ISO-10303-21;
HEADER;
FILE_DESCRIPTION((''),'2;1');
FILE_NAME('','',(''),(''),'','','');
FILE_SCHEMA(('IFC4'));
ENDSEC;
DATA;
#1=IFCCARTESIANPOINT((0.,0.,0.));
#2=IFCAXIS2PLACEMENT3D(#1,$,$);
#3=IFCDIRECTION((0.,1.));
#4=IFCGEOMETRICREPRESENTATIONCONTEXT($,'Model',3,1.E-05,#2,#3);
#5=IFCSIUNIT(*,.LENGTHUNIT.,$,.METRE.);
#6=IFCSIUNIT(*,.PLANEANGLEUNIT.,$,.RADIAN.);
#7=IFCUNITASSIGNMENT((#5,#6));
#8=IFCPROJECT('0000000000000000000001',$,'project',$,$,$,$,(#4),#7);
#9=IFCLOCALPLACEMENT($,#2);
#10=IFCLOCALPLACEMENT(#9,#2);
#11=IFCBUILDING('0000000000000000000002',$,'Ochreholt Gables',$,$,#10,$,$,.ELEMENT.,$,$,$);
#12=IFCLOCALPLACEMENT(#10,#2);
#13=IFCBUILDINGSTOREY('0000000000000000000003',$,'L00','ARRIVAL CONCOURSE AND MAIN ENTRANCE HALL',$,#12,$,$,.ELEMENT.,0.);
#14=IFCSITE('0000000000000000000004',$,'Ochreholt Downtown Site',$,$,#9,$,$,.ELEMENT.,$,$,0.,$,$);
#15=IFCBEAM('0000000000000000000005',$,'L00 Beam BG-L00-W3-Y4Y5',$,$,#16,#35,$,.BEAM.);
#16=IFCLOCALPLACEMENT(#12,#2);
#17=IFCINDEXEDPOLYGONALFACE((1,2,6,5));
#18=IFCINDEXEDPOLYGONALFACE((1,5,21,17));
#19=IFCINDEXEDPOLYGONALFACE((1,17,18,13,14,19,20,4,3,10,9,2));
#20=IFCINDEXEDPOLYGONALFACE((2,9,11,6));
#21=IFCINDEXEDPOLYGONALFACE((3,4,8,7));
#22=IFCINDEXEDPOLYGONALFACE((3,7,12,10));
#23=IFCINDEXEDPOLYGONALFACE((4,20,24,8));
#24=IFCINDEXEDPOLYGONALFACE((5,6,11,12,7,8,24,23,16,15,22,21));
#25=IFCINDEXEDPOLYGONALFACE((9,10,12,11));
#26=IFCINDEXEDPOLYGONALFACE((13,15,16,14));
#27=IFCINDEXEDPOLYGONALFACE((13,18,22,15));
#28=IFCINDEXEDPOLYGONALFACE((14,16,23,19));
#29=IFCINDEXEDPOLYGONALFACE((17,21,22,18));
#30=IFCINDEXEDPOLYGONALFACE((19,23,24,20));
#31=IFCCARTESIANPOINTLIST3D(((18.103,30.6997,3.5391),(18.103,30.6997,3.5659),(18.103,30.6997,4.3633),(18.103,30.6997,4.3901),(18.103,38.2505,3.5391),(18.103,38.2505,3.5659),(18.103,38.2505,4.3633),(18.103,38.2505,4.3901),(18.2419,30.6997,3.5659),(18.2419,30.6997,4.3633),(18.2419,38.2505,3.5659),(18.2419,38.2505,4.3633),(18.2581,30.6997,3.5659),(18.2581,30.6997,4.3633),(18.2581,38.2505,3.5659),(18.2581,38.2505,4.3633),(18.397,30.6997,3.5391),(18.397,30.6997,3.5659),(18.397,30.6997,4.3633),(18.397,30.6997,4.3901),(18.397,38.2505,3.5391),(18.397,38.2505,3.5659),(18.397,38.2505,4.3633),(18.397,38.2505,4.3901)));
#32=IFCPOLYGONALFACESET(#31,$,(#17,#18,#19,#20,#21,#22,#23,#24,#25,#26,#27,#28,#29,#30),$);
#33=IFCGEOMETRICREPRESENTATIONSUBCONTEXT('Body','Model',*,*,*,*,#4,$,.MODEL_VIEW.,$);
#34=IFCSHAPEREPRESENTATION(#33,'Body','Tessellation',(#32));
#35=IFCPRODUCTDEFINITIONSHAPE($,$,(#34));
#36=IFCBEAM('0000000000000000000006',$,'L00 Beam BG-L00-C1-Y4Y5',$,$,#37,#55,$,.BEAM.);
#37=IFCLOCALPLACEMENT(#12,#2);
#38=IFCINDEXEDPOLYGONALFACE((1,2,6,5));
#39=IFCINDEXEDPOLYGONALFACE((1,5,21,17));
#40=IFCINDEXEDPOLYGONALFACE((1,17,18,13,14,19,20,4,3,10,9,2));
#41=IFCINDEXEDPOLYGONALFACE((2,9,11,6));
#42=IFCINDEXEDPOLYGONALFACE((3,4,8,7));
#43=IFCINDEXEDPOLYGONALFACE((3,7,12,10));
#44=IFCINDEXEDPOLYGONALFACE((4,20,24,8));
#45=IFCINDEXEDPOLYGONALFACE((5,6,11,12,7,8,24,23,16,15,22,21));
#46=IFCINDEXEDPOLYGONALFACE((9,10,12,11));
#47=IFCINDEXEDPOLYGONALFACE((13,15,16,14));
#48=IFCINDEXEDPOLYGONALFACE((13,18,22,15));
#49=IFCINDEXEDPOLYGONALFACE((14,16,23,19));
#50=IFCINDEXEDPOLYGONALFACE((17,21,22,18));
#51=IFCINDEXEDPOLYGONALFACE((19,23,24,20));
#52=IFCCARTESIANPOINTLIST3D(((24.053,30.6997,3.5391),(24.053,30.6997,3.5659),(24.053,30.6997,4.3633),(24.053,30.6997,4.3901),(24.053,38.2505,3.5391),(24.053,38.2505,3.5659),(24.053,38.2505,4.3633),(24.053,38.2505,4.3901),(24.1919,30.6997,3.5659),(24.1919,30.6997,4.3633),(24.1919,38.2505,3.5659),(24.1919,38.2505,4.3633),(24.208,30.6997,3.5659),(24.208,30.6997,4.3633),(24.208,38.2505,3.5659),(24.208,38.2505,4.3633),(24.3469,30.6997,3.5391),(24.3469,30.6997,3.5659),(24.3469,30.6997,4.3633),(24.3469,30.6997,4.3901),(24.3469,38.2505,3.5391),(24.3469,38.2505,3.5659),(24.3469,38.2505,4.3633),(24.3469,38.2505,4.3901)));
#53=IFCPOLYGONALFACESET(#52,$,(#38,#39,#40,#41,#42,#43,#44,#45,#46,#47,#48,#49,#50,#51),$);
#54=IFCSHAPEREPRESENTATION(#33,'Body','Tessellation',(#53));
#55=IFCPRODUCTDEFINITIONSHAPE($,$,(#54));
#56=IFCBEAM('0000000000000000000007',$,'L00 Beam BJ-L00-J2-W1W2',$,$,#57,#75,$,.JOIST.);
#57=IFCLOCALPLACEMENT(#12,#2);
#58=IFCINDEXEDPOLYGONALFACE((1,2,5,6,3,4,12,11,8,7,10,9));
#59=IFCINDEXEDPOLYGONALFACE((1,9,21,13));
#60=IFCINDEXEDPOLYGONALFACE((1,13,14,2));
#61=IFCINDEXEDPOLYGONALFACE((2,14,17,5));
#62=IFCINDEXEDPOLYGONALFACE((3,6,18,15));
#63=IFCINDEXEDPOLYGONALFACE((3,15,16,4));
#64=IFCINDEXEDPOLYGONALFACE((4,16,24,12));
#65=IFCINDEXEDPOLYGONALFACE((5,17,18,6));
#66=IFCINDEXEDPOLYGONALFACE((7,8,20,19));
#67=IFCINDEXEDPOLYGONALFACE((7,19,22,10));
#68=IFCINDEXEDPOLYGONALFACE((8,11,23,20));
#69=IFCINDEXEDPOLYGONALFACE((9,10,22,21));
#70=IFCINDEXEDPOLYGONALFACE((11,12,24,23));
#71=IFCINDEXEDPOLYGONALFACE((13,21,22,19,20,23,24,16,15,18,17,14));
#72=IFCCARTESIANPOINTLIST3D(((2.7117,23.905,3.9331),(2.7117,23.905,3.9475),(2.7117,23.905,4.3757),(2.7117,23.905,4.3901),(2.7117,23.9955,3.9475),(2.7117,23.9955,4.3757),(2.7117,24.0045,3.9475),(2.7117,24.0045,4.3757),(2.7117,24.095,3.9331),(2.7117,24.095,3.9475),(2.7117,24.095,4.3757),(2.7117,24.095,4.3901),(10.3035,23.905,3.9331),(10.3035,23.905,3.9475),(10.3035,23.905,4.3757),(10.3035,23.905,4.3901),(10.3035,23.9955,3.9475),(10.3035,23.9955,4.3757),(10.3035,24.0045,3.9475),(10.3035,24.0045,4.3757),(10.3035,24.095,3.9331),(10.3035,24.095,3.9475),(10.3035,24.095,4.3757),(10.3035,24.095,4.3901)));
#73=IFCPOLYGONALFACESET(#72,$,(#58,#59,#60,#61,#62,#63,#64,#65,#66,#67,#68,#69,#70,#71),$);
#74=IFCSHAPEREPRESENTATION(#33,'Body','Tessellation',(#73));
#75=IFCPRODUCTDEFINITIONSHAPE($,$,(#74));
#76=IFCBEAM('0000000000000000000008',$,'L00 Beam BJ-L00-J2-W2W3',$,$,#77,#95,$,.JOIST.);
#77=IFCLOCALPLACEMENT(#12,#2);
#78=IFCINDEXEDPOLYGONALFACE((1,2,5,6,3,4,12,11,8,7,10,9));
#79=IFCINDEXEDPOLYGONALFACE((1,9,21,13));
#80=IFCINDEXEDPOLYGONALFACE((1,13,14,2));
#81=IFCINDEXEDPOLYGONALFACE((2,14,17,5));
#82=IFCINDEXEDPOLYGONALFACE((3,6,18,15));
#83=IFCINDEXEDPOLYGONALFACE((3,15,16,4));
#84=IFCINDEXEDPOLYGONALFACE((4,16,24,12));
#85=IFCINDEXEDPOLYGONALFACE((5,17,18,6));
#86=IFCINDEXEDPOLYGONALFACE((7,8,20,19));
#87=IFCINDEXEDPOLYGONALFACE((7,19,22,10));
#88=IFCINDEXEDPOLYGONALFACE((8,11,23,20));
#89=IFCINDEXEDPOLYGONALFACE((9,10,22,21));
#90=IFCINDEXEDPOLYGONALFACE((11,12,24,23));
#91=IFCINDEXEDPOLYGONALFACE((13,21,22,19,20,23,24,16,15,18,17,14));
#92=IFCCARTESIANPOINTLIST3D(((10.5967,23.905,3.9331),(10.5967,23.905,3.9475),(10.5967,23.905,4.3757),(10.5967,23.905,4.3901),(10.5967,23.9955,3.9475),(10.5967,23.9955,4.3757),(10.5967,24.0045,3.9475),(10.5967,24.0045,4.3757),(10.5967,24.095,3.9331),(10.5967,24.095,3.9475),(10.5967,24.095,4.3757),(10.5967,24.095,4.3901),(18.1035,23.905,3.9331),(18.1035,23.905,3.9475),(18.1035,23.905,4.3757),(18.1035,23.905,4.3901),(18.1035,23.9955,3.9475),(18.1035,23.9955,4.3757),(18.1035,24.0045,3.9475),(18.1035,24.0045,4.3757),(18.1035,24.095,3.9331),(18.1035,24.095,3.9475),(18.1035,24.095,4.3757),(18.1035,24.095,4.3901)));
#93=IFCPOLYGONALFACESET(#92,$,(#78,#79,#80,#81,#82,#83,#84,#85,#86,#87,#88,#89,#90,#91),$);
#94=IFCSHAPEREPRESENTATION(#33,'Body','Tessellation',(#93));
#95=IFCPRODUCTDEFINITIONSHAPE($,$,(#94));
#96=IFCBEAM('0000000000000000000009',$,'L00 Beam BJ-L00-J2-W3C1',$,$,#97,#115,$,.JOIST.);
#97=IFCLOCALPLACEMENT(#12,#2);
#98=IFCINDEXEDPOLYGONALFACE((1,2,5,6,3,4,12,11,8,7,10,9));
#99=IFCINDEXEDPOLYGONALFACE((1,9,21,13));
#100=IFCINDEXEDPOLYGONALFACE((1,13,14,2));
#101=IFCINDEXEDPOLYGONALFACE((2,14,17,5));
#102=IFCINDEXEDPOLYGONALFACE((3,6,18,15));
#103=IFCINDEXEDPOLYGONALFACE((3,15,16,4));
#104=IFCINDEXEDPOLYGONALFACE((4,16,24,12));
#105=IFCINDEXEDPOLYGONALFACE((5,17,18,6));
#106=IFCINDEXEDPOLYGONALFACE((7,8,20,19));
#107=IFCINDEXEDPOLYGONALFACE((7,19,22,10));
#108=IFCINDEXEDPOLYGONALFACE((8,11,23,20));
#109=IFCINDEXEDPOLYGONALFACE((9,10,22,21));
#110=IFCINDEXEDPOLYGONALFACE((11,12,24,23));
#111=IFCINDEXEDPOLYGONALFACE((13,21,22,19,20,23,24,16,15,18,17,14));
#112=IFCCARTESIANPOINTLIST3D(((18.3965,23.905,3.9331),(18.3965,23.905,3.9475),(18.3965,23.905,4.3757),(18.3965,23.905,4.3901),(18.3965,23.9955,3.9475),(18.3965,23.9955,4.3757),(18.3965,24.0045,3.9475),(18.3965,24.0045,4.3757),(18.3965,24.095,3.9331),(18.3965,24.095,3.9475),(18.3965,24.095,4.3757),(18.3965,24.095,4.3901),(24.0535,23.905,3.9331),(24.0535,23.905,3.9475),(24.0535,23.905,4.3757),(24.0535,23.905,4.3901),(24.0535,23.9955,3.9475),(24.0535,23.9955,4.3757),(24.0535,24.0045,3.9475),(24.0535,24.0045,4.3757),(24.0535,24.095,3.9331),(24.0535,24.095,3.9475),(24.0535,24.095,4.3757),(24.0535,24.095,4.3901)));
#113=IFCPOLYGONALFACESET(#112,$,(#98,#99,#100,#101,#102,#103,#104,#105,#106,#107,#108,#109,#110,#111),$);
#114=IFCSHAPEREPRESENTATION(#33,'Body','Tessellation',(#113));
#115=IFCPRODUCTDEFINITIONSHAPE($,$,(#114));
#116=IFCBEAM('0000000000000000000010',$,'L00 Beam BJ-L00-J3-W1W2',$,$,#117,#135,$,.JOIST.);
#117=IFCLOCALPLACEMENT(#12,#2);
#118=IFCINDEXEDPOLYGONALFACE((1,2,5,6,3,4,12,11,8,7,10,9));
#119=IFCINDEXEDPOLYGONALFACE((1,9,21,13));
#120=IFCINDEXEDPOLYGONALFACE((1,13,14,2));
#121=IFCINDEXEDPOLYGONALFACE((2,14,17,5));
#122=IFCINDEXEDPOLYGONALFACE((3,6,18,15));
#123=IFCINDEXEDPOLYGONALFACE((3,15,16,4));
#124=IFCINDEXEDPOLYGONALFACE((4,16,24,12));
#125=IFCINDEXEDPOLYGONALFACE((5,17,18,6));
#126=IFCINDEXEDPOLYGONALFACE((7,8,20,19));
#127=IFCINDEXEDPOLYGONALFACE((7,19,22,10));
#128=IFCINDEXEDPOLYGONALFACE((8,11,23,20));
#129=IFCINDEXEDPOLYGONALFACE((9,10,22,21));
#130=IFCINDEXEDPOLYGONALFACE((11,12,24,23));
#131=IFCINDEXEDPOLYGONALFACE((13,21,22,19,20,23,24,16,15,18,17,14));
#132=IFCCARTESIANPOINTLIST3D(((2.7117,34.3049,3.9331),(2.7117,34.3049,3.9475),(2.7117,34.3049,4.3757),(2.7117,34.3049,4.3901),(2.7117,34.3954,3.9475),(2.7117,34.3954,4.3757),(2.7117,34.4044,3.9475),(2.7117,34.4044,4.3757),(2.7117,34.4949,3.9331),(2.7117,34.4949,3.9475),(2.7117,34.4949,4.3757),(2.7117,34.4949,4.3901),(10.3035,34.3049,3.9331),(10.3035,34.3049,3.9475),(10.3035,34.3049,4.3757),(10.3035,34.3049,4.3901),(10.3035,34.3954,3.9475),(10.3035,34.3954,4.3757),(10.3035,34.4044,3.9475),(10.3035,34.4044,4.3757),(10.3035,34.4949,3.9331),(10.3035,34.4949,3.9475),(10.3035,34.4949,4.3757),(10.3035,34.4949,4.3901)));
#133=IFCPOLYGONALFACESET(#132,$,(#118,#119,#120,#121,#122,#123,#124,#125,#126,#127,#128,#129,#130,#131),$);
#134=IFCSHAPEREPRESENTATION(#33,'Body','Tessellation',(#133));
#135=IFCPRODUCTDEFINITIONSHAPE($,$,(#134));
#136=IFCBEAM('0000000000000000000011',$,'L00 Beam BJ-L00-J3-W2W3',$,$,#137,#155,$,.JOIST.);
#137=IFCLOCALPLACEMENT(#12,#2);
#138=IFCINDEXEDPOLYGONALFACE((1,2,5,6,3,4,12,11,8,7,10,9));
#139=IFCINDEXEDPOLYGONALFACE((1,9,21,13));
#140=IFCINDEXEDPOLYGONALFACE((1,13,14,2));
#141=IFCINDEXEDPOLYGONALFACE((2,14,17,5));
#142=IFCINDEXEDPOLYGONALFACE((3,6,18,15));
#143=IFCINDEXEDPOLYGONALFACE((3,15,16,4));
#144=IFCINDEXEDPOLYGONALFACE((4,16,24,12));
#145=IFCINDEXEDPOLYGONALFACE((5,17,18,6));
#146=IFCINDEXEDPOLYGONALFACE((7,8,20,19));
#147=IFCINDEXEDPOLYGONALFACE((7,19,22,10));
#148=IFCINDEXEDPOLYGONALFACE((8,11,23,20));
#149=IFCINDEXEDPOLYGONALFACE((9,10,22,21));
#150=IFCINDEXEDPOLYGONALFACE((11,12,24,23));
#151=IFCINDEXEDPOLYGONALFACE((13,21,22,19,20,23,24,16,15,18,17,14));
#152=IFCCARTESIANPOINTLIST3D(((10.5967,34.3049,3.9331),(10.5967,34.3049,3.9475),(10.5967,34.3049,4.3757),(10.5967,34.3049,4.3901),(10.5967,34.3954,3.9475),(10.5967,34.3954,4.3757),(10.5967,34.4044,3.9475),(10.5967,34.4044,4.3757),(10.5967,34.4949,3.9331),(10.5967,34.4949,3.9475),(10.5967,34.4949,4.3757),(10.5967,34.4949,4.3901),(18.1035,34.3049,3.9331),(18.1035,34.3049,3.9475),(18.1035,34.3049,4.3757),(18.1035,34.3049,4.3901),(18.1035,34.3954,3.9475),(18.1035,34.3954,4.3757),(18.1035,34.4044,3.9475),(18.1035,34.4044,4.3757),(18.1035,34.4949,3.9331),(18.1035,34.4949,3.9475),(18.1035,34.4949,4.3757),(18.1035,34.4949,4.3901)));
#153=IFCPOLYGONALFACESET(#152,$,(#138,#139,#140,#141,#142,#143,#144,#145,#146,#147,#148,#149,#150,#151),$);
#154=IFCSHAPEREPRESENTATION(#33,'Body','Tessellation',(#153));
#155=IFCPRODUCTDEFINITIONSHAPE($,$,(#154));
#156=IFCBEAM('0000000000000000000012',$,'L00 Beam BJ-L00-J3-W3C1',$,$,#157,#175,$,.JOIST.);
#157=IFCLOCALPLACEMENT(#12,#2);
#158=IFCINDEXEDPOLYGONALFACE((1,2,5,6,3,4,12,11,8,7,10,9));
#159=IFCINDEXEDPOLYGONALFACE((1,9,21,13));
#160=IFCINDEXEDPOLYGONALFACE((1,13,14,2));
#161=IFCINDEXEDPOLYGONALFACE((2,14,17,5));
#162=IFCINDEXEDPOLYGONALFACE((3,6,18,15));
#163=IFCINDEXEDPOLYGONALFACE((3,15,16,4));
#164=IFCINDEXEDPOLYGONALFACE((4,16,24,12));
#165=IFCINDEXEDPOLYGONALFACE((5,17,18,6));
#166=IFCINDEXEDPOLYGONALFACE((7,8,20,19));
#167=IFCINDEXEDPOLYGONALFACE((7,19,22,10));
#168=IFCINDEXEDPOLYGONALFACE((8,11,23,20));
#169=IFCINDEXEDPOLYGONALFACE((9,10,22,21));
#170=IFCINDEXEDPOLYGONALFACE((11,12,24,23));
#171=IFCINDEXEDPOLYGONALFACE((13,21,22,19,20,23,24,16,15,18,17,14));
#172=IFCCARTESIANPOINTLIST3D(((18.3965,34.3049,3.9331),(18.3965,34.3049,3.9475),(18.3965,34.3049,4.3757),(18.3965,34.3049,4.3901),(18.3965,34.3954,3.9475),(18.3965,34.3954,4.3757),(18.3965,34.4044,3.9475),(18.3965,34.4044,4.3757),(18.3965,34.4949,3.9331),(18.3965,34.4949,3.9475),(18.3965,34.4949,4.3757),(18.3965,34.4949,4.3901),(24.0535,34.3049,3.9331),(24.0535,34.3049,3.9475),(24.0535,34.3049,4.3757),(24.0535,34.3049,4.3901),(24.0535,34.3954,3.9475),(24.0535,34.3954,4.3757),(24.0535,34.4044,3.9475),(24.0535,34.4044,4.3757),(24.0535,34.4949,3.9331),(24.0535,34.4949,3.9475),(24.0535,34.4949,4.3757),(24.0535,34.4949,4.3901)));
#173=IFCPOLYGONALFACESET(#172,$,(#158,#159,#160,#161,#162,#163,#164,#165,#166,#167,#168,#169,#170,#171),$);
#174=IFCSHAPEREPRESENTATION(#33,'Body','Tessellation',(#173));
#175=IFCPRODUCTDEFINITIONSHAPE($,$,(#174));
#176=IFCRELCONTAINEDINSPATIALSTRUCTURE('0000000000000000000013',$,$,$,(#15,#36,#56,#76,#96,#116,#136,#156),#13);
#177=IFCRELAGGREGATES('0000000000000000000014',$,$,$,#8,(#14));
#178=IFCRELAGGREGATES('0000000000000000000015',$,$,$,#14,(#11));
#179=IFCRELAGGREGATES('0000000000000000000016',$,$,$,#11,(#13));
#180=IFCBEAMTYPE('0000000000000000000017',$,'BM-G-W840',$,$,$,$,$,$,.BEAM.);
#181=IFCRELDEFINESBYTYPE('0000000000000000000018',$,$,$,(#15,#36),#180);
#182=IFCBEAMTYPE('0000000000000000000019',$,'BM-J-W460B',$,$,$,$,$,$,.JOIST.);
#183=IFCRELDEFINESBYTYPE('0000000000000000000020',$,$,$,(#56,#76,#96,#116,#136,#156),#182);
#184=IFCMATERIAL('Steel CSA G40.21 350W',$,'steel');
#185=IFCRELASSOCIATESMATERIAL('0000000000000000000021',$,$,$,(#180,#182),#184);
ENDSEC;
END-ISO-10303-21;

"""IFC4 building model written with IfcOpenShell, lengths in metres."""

from ifc_helpers import new_model, si_unit, direction, frame, origin, origin_2d, place, context, subcontext, project, spatial, i_section, extrude, material, material_profile, profile_set, type_object, element, save


model = new_model("IFC4")

# Units and contexts
model_context = context("Model", 3, precision=1e-05, world=origin(), true_north=direction((0.0, 1.0)))
body_context = subcontext(model_context, "Body", "Model", "MODEL_VIEW")
ifc_project = project(units=[si_unit("LENGTHUNIT", "METRE"), si_unit("PLANEANGLEUNIT", "RADIAN")], contexts=[model_context])

# Site, building, storey
site_placement = place(None, origin())
site = spatial("IfcSite", under=ifc_project, at=site_placement, Name="Ochreholt Downtown Site", CompositionType="ELEMENT", RefElevation=0.0)
building_placement = place(site_placement, origin())
building = spatial("IfcBuilding", under=site, at=building_placement, Name="Ochreholt Gables", CompositionType="ELEMENT")
storey_placement = place(building_placement, origin())
storey = spatial("IfcBuildingStorey", under=building, at=storey_placement, Name="L00", Description="ARRIVAL CONCOURSE AND MAIN ENTRANCE HALL", CompositionType="ELEMENT", Elevation=0.0)

# Beams
ifc_material_1 = material(Name="Steel CSA G40.21 350W", Category="steel")
ifc_material_profile_1 = material_profile(ifc_material_1, i_section(OverallWidth=0.2939, OverallDepth=0.8511, WebThickness=0.0161, FlangeThickness=0.0269, at=origin_2d()), Name="W840X226")
ifc_profile_set_1 = profile_set([ifc_material_profile_1], Name="Steel CSA G40.21 350W")
beam_type_1 = type_object("IfcBeamType", Name="BM-G-W840", PredefinedType="BEAM", material=ifc_profile_set_1)
for number, where, z_axis, x_axis, name in (
    (1, (18.25, 30.6997, 3.9646), (0.0, 1.0, 0.0), (-1.0, 0.0, 0.0), "L00 Beam BG-L00-W3-Y4Y5"),
    (2, (24.2, 30.6997, 3.9646), (0.0, 1.0, 0.0), (-1.0, 0.0, 0.0), "L00 Beam BG-L00-C1-Y4Y5"),
):
    element("IfcBeam", number, at=place(storey_placement, frame(where, z_axis=z_axis, x_axis=x_axis)), inside=storey, type_object=beam_type_1, Name=name, PredefinedType="BEAM", context=body_context, shape_type="SweptSolid", body=[
        extrude(i_section(OverallWidth=0.2939, OverallDepth=0.8511, WebThickness=0.0161, FlangeThickness=0.0269, at=origin_2d()), origin(), (0.0, 0.0, 1.0), 7.5508),
    ])
ifc_material_profile_2 = material_profile(ifc_material_1, i_section(OverallWidth=0.1899, OverallDepth=0.457, WebThickness=0.009, FlangeThickness=0.0144, at=origin_2d()), Name="W460X74")
ifc_profile_set_2 = profile_set([ifc_material_profile_2], Name="Steel CSA G40.21 350W")
beam_type_2 = type_object("IfcBeamType", Name="BM-J-W460B", PredefinedType="JOIST", material=ifc_profile_set_2)
beam_1_placement = place(storey_placement, frame((2.7117, 24.0, 4.1616), z_axis=(1.0, 0.0, 0.0), x_axis=(0.0, 1.0, 0.0)))
element("IfcBeam", 3, at=beam_1_placement, inside=storey, type_object=beam_type_2, Name="L00 Beam BJ-L00-J2-W1W2", PredefinedType="JOIST", context=body_context, shape_type="SweptSolid", body=[
    extrude(i_section(OverallWidth=0.1899, OverallDepth=0.457, WebThickness=0.009, FlangeThickness=0.0144, at=origin_2d()), origin(), (0.0, 0.0, 1.0), 7.5918),
])
beam_2_placement = place(storey_placement, frame((10.5967, 24.0, 4.1616), z_axis=(1.0, 0.0, 0.0), x_axis=(0.0, 1.0, 0.0)))
element("IfcBeam", 4, at=beam_2_placement, inside=storey, type_object=beam_type_2, Name="L00 Beam BJ-L00-J2-W2W3", PredefinedType="JOIST", context=body_context, shape_type="SweptSolid", body=[
    extrude(i_section(OverallWidth=0.1899, OverallDepth=0.457, WebThickness=0.009, FlangeThickness=0.0144, at=origin_2d()), origin(), (0.0, 0.0, 1.0), 7.5068),
])
beam_3_placement = place(storey_placement, frame((18.3965, 24.0, 4.1616), z_axis=(1.0, 0.0, 0.0), x_axis=(0.0, 1.0, 0.0)))
element("IfcBeam", 5, at=beam_3_placement, inside=storey, type_object=beam_type_2, Name="L00 Beam BJ-L00-J2-W3C1", PredefinedType="JOIST", context=body_context, shape_type="SweptSolid", body=[
    extrude(i_section(OverallWidth=0.1899, OverallDepth=0.457, WebThickness=0.009, FlangeThickness=0.0144, at=origin_2d()), origin(), (0.0, 0.0, 1.0), 5.657),
])
beam_4_placement = place(storey_placement, frame((2.7117, 34.3999, 4.1616), z_axis=(1.0, 0.0, 0.0), x_axis=(0.0, 1.0, 0.0)))
element("IfcBeam", 6, at=beam_4_placement, inside=storey, type_object=beam_type_2, Name="L00 Beam BJ-L00-J3-W1W2", PredefinedType="JOIST", context=body_context, shape_type="SweptSolid", body=[
    extrude(i_section(OverallWidth=0.1899, OverallDepth=0.457, WebThickness=0.009, FlangeThickness=0.0144, at=origin_2d()), origin(), (0.0, 0.0, 1.0), 7.5918),
])
beam_5_placement = place(storey_placement, frame((10.5967, 34.3999, 4.1616), z_axis=(1.0, 0.0, 0.0), x_axis=(0.0, 1.0, 0.0)))
element("IfcBeam", 7, at=beam_5_placement, inside=storey, type_object=beam_type_2, Name="L00 Beam BJ-L00-J3-W2W3", PredefinedType="JOIST", context=body_context, shape_type="SweptSolid", body=[
    extrude(i_section(OverallWidth=0.1899, OverallDepth=0.457, WebThickness=0.009, FlangeThickness=0.0144, at=origin_2d()), origin(), (0.0, 0.0, 1.0), 7.5068),
])
beam_6_placement = place(storey_placement, frame((18.3965, 34.3999, 4.1616), z_axis=(1.0, 0.0, 0.0), x_axis=(0.0, 1.0, 0.0)))
element("IfcBeam", 8, at=beam_6_placement, inside=storey, type_object=beam_type_2, Name="L00 Beam BJ-L00-J3-W3C1", PredefinedType="JOIST", context=body_context, shape_type="SweptSolid", body=[
    extrude(i_section(OverallWidth=0.1899, OverallDepth=0.457, WebThickness=0.009, FlangeThickness=0.0144, at=origin_2d()), origin(), (0.0, 0.0, 1.0), 5.657),
])

save(model, "model.ifc")
